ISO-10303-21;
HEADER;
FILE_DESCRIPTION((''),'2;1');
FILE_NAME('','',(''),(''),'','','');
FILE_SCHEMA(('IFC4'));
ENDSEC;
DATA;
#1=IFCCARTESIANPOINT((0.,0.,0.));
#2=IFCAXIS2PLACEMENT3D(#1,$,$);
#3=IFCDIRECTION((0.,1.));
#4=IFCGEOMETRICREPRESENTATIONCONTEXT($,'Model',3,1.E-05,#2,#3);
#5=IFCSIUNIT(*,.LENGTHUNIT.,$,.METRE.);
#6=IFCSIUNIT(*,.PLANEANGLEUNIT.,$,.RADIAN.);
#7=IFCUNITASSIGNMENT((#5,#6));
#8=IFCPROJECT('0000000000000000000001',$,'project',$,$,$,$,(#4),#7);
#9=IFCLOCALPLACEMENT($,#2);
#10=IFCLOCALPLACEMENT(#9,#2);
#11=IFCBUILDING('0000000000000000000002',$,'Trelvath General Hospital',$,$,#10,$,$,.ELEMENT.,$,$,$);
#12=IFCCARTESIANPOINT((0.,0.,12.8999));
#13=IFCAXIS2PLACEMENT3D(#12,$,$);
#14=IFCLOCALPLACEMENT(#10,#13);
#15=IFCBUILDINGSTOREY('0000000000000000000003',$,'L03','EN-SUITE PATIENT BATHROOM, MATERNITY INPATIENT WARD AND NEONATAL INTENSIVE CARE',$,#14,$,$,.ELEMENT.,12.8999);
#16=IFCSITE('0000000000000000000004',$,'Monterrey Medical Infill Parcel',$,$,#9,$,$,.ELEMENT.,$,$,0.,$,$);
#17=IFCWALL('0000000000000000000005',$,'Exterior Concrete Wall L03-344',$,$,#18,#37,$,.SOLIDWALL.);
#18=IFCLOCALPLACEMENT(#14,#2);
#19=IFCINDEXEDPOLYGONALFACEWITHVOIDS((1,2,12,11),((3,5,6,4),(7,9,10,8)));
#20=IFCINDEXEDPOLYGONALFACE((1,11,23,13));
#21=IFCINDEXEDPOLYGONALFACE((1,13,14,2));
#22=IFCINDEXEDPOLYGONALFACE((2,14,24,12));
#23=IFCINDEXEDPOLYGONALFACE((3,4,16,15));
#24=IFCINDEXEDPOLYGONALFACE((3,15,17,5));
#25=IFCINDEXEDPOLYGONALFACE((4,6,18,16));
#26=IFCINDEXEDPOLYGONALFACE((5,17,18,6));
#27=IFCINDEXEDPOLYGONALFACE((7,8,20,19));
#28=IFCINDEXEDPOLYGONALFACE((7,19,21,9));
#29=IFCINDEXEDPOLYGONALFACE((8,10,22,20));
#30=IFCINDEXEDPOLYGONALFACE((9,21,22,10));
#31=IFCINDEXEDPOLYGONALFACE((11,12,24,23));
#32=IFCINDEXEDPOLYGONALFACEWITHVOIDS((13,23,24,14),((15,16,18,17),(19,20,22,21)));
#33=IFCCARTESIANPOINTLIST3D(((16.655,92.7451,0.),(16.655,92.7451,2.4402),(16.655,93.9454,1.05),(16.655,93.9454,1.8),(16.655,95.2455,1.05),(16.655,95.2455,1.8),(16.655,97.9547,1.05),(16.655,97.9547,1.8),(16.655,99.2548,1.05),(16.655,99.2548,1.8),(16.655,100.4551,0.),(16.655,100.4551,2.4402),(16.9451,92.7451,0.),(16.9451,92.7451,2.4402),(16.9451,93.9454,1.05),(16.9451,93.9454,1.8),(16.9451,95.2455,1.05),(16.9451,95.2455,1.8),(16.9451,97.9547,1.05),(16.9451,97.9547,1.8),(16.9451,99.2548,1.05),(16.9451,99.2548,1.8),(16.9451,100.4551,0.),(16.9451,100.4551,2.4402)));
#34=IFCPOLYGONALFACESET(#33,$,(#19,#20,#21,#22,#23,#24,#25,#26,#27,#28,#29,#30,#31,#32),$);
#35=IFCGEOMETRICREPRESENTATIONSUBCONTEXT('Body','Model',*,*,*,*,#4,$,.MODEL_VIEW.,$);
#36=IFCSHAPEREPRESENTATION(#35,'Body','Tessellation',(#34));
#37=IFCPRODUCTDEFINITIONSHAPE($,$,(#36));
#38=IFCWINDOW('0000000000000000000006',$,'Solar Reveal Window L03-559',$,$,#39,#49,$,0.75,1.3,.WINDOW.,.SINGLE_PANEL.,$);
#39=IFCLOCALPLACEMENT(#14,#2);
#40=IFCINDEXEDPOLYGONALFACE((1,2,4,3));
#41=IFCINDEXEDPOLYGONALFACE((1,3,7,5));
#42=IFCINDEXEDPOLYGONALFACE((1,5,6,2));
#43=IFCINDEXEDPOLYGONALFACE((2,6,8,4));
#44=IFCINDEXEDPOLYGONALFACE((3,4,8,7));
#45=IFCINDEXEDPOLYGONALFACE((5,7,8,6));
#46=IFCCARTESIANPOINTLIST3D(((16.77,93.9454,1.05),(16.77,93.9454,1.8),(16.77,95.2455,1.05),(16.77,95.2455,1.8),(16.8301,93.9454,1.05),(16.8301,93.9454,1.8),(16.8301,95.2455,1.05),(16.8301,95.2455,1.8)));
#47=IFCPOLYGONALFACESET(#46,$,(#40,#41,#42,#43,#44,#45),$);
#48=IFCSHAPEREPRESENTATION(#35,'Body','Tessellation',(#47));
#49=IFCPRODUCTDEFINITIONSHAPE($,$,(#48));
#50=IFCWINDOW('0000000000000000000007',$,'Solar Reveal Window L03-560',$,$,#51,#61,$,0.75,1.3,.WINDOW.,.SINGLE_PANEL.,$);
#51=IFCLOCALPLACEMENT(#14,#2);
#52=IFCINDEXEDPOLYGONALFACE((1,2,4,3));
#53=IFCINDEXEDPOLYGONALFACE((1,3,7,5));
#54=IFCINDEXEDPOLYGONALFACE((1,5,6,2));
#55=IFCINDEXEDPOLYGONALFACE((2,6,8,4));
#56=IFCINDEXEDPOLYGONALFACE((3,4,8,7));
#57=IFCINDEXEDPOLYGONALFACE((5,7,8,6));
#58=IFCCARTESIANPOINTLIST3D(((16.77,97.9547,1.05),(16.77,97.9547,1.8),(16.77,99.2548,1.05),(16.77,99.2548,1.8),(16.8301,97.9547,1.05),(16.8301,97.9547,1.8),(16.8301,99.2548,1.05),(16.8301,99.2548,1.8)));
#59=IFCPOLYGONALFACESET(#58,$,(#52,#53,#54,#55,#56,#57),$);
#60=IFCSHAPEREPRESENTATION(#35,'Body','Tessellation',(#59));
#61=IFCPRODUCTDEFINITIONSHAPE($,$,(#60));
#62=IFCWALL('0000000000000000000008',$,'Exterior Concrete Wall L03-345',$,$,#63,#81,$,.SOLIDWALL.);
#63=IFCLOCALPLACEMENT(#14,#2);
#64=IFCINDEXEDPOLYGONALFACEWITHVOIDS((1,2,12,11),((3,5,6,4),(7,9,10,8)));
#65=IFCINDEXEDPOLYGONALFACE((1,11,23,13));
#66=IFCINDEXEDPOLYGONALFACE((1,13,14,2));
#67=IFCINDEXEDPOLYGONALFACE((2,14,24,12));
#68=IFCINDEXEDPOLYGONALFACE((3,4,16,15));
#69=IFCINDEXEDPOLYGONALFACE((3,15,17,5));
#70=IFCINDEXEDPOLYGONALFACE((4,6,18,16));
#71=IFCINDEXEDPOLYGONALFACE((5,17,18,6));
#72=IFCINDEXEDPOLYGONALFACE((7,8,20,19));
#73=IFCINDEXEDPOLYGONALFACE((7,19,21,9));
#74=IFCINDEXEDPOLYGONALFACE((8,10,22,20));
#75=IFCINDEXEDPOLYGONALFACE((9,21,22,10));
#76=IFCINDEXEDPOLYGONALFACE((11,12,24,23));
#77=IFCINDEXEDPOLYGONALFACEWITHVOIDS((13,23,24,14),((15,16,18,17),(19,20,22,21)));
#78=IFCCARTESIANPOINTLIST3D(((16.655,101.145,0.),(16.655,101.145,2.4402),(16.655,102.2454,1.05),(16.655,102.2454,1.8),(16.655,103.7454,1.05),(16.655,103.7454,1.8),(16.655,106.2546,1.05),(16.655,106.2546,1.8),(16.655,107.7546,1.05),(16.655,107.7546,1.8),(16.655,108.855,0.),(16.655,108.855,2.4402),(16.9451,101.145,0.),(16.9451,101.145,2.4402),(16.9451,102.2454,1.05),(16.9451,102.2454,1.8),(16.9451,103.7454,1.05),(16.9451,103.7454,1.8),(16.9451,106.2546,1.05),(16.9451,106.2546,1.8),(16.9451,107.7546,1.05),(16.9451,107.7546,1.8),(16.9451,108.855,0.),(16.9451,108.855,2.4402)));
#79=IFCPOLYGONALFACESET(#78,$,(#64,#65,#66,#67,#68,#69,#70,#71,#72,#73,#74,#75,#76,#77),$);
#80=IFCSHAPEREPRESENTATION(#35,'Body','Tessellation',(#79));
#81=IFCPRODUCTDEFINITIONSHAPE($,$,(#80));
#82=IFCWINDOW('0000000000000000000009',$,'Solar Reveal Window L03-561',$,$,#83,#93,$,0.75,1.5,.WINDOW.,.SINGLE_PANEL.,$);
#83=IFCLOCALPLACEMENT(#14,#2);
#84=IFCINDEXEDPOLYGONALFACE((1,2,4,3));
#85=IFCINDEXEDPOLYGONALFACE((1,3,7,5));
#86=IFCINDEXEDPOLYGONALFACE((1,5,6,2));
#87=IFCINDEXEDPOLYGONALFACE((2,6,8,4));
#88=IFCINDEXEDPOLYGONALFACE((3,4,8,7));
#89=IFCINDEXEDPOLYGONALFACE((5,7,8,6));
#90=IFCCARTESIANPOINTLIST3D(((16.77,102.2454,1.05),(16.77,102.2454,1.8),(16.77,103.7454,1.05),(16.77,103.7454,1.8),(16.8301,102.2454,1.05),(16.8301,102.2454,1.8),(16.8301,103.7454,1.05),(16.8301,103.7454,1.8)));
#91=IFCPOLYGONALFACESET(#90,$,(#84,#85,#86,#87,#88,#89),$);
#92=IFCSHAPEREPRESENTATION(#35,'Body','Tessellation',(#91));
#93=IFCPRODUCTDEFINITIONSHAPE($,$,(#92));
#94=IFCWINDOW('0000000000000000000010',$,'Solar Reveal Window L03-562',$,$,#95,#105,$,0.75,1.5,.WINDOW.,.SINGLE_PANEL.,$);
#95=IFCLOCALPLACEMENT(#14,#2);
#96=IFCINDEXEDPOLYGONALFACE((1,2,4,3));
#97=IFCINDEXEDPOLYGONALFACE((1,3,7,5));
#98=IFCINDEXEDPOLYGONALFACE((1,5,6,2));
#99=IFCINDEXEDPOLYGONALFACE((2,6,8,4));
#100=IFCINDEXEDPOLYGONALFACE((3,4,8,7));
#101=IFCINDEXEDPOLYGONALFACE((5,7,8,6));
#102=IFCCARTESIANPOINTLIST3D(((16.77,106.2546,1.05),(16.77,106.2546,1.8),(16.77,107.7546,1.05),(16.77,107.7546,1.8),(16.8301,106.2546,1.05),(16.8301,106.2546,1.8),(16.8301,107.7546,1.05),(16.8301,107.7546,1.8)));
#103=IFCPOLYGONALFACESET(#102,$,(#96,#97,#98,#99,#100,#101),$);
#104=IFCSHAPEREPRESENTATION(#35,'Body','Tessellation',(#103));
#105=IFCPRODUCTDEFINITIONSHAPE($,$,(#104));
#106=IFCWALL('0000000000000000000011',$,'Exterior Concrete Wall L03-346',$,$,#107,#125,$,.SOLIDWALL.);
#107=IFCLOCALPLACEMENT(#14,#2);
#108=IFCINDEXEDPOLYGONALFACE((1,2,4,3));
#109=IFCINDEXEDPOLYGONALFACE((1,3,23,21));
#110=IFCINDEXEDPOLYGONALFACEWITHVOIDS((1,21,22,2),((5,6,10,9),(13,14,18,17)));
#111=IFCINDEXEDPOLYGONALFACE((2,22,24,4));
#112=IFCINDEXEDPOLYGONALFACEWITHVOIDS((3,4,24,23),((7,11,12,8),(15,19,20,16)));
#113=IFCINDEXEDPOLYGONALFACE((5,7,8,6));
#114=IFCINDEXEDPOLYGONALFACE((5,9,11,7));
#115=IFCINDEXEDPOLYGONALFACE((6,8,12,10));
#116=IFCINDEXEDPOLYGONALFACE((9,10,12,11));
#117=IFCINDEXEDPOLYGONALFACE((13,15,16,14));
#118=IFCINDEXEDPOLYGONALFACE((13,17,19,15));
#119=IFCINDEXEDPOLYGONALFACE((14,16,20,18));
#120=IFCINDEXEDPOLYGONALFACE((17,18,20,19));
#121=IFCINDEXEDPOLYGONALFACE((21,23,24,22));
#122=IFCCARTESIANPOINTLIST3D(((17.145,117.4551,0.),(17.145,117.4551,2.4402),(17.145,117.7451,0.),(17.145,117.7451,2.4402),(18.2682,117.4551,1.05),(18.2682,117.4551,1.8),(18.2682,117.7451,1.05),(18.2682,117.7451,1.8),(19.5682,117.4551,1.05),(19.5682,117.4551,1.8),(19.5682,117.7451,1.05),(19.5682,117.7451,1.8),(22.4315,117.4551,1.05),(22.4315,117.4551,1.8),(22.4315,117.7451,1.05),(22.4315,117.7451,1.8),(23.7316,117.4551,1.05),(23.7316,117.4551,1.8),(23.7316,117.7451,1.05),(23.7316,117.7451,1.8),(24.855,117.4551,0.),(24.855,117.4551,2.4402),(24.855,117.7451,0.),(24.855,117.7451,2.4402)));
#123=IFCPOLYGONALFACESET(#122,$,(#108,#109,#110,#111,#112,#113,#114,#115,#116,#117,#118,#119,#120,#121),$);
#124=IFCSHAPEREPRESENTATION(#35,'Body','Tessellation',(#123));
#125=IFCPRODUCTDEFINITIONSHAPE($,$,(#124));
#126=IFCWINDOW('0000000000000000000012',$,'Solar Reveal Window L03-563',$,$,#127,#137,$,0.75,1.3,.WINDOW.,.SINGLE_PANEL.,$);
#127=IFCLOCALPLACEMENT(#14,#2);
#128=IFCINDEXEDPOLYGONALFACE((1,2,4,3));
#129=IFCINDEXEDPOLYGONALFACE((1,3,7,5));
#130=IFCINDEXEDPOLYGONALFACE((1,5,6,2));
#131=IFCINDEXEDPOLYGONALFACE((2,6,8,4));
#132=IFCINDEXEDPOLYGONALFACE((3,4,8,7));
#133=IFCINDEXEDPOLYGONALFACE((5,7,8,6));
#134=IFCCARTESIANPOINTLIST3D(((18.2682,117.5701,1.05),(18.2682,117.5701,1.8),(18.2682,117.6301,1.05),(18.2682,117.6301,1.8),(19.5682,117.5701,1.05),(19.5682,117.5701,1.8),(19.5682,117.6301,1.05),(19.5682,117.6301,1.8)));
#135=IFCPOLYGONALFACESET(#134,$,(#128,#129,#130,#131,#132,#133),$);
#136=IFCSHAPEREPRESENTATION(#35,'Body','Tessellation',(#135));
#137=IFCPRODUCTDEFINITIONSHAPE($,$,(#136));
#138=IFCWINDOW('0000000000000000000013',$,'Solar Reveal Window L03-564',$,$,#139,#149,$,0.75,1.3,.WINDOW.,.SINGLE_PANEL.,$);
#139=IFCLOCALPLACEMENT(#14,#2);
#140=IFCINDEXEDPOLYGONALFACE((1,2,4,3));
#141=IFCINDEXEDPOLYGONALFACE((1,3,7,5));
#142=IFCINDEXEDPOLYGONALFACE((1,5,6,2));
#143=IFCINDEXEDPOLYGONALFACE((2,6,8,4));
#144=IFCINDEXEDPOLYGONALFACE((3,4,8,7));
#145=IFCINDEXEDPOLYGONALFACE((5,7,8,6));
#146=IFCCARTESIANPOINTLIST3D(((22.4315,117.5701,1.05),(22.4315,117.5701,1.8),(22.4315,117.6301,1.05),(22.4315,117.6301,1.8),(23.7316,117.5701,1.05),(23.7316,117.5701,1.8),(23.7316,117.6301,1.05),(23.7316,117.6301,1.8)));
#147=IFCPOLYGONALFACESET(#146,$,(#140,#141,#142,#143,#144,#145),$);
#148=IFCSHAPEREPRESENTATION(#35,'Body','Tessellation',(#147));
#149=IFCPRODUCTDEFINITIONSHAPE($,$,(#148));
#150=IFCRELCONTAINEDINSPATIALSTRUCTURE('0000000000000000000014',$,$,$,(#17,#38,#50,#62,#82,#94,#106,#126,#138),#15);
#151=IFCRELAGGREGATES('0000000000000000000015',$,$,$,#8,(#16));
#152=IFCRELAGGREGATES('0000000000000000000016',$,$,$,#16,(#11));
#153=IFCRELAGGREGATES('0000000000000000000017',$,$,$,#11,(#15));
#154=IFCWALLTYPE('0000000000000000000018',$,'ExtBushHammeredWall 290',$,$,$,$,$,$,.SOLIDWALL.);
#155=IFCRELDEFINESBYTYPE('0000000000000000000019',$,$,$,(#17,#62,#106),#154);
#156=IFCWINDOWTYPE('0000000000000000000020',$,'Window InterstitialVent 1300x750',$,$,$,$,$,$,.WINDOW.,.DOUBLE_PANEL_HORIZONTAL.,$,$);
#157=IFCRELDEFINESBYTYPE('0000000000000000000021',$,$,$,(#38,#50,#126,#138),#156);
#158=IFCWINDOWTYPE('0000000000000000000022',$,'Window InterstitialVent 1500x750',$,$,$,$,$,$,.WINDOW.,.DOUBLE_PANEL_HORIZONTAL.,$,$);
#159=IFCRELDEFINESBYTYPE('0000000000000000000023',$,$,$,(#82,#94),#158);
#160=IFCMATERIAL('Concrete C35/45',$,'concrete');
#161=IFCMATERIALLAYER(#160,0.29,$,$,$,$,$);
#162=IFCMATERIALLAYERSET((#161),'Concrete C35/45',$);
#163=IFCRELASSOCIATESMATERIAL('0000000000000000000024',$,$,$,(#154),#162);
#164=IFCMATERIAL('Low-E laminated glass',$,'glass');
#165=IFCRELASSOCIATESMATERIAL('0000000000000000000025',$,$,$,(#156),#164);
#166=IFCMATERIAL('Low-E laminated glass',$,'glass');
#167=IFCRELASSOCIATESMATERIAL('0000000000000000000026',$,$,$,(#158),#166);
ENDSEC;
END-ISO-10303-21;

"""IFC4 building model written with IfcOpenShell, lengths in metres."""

from ifc_helpers import new_model, si_unit, direction, frame, frame_2d, origin, place, context, subcontext, project, spatial, rectangle, extrude, material, layer, layer_set, type_object, element, fill, save


model = new_model("IFC4")

# Units and contexts
model_context = context("Model", 3, precision=1e-05, world=origin(), true_north=direction((0.0, 1.0)))
body_context = subcontext(model_context, "Body", "Model", "MODEL_VIEW")
ifc_project = project(units=[si_unit("LENGTHUNIT", "METRE"), si_unit("PLANEANGLEUNIT", "RADIAN")], contexts=[model_context])

# Site, building, storey
site_placement = place(None, origin())
site = spatial("IfcSite", under=ifc_project, at=site_placement, Name="Monterrey Medical Infill Parcel", CompositionType="ELEMENT", RefElevation=0.0)
building_placement = place(site_placement, origin())
building = spatial("IfcBuilding", under=site, at=building_placement, Name="Trelvath General Hospital", CompositionType="ELEMENT")
storey_placement = place(building_placement, frame((0.0, 0.0, 12.8999)))
storey = spatial("IfcBuildingStorey", under=building, at=storey_placement, Name="L03", Description="EN-SUITE PATIENT BATHROOM, MATERNITY INPATIENT WARD AND NEONATAL INTENSIVE CARE", CompositionType="ELEMENT", Elevation=12.8999)

# Walls, openings, windows
ifc_material_1 = material(Name="Concrete C35/45", Category="concrete")
ifc_layer_1 = layer(ifc_material_1, 0.29)
ifc_layer_set_1 = layer_set([ifc_layer_1], Name="Concrete C35/45")
wall_type_1 = type_object("IfcWallType", Name="ExtBushHammeredWall 290", PredefinedType="SOLIDWALL", material=ifc_layer_set_1)
wall_1_placement = place(storey_placement, frame((16.8, 92.7451, 0.0), z_axis=(0.0, 0.0, 1.0), x_axis=(0.0, 1.0, 0.0)))
wall_1 = element("IfcWall", 1, at=wall_1_placement, inside=storey, type_object=wall_type_1, Name="Exterior Concrete Wall L03-344", PredefinedType="SOLIDWALL", context=body_context, shape_type="SweptSolid", body=[
    extrude(rectangle(XDim=7.71, YDim=0.29, at=frame_2d((3.855, 0.0))), origin(), (0.0, 0.0, 1.0), 2.4402),
])
opening_1_placement = place(wall_1_placement, frame((1.2004, 0.0, 1.05)))
opening_1 = element("IfcOpeningElement", 2, at=opening_1_placement, cuts=wall_1, PredefinedType="OPENING", context=body_context, shape_type="SweptSolid", body=[
    extrude(rectangle(XDim=1.3, YDim=0.75, at=frame_2d((0.6499, 0.375))), frame((0.0, 0.155, 0.0), z_axis=(0.0, -1.0, 0.0), x_axis=(1.0, 0.0, 0.0)), (0.0, 0.0, 1.0), 0.3101),
])
opening_2_placement = place(wall_1_placement, frame((5.2097, 0.0, 1.05)))
opening_2 = element("IfcOpeningElement", 3, at=opening_2_placement, cuts=wall_1, PredefinedType="OPENING", context=body_context, shape_type="SweptSolid", body=[
    extrude(rectangle(XDim=1.3, YDim=0.75, at=frame_2d((0.6499, 0.375))), frame((0.0, 0.155, 0.0), z_axis=(0.0, -1.0, 0.0), x_axis=(1.0, 0.0, 0.0)), (0.0, 0.0, 1.0), 0.3101),
])
ifc_material_2 = material(Name="Low-E laminated glass", Category="glass")
window_type_1 = type_object("IfcWindowType", Name="Window InterstitialVent 1300x750", PartitioningType="DOUBLE_PANEL_HORIZONTAL", PredefinedType="WINDOW", material=ifc_material_2)
window_1_placement = place(opening_1_placement, origin())
window_1 = element("IfcWindow", 4, at=window_1_placement, inside=storey, type_object=window_type_1, Name="Solar Reveal Window L03-559", OverallHeight=0.75, OverallWidth=1.3, PartitioningType="SINGLE_PANEL", PredefinedType="WINDOW", context=body_context, shape_type="SweptSolid", body=[
    extrude(rectangle(XDim=1.3, YDim=0.75, at=frame_2d((0.6499, 0.375))), frame((0.0, 0.03, 0.0), z_axis=(0.0, -1.0, 0.0), x_axis=(1.0, 0.0, 0.0)), (0.0, 0.0, 1.0), 0.0601),
])
fill(opening_1, window_1)
window_2_placement = place(opening_2_placement, origin())
window_2 = element("IfcWindow", 5, at=window_2_placement, inside=storey, type_object=window_type_1, Name="Solar Reveal Window L03-560", OverallHeight=0.75, OverallWidth=1.3, PartitioningType="SINGLE_PANEL", PredefinedType="WINDOW", context=body_context, shape_type="SweptSolid", body=[
    extrude(rectangle(XDim=1.3, YDim=0.75, at=frame_2d((0.6499, 0.375))), frame((0.0, 0.03, 0.0), z_axis=(0.0, -1.0, 0.0), x_axis=(1.0, 0.0, 0.0)), (0.0, 0.0, 1.0), 0.0601),
])
fill(opening_2, window_2)
wall_2_placement = place(storey_placement, frame((16.8, 101.145, 0.0), z_axis=(0.0, 0.0, 1.0), x_axis=(0.0, 1.0, 0.0)))
wall_2 = element("IfcWall", 6, at=wall_2_placement, inside=storey, type_object=wall_type_1, Name="Exterior Concrete Wall L03-345", PredefinedType="SOLIDWALL", context=body_context, shape_type="SweptSolid", body=[
    extrude(rectangle(XDim=7.71, YDim=0.29, at=frame_2d((3.855, 0.0))), origin(), (0.0, 0.0, 1.0), 2.4402),
])
opening_3_placement = place(wall_2_placement, frame((1.1003, 0.0, 1.05)))
opening_3 = element("IfcOpeningElement", 7, at=opening_3_placement, cuts=wall_2, PredefinedType="OPENING", context=body_context, shape_type="SweptSolid", body=[
    extrude(rectangle(XDim=1.5, YDim=0.75, at=frame_2d((0.75, 0.375))), frame((0.0, 0.155, 0.0), z_axis=(0.0, -1.0, 0.0), x_axis=(1.0, 0.0, 0.0)), (0.0, 0.0, 1.0), 0.3101),
])
opening_4_placement = place(wall_2_placement, frame((5.1096, 0.0, 1.05)))
opening_4 = element("IfcOpeningElement", 8, at=opening_4_placement, cuts=wall_2, PredefinedType="OPENING", context=body_context, shape_type="SweptSolid", body=[
    extrude(rectangle(XDim=1.5, YDim=0.75, at=frame_2d((0.75, 0.375))), frame((0.0, 0.155, 0.0), z_axis=(0.0, -1.0, 0.0), x_axis=(1.0, 0.0, 0.0)), (0.0, 0.0, 1.0), 0.3101),
])
ifc_material_3 = material(Name="Low-E laminated glass", Category="glass")
window_type_2 = type_object("IfcWindowType", Name="Window InterstitialVent 1500x750", PartitioningType="DOUBLE_PANEL_HORIZONTAL", PredefinedType="WINDOW", material=ifc_material_3)
window_3_placement = place(opening_3_placement, origin())
window_3 = element("IfcWindow", 9, at=window_3_placement, inside=storey, type_object=window_type_2, Name="Solar Reveal Window L03-561", OverallHeight=0.75, OverallWidth=1.5, PartitioningType="SINGLE_PANEL", PredefinedType="WINDOW", context=body_context, shape_type="SweptSolid", body=[
    extrude(rectangle(XDim=1.5, YDim=0.75, at=frame_2d((0.75, 0.375))), frame((0.0, 0.03, 0.0), z_axis=(0.0, -1.0, 0.0), x_axis=(1.0, 0.0, 0.0)), (0.0, 0.0, 1.0), 0.0601),
])
fill(opening_3, window_3)
window_4_placement = place(opening_4_placement, origin())
window_4 = element("IfcWindow", 10, at=window_4_placement, inside=storey, type_object=window_type_2, Name="Solar Reveal Window L03-562", OverallHeight=0.75, OverallWidth=1.5, PartitioningType="SINGLE_PANEL", PredefinedType="WINDOW", context=body_context, shape_type="SweptSolid", body=[
    extrude(rectangle(XDim=1.5, YDim=0.75, at=frame_2d((0.75, 0.375))), frame((0.0, 0.03, 0.0), z_axis=(0.0, -1.0, 0.0), x_axis=(1.0, 0.0, 0.0)), (0.0, 0.0, 1.0), 0.0601),
])
fill(opening_4, window_4)
wall_3_placement = place(storey_placement, frame((17.145, 117.6001, 0.0), z_axis=(0.0, 0.0, 1.0), x_axis=(1.0, 0.0, 0.0)))
wall_3 = element("IfcWall", 11, at=wall_3_placement, inside=storey, type_object=wall_type_1, Name="Exterior Concrete Wall L03-346", PredefinedType="SOLIDWALL", context=body_context, shape_type="SweptSolid", body=[
    extrude(rectangle(XDim=7.71, YDim=0.29, at=frame_2d((3.855, 0.0))), origin(), (0.0, 0.0, 1.0), 2.4402),
])
opening_5_placement = place(wall_3_placement, frame((1.1233, 0.0, 1.05)))
opening_5 = element("IfcOpeningElement", 12, at=opening_5_placement, cuts=wall_3, PredefinedType="OPENING", context=body_context, shape_type="SweptSolid", body=[
    extrude(rectangle(XDim=1.3, YDim=0.75, at=frame_2d((0.6499, 0.375))), frame((0.0, 0.155, 0.0), z_axis=(0.0, -1.0, 0.0), x_axis=(1.0, 0.0, 0.0)), (0.0, 0.0, 1.0), 0.3101),
])
opening_6_placement = place(wall_3_placement, frame((5.2866, 0.0, 1.05)))
opening_6 = element("IfcOpeningElement", 13, at=opening_6_placement, cuts=wall_3, PredefinedType="OPENING", context=body_context, shape_type="SweptSolid", body=[
    extrude(rectangle(XDim=1.3, YDim=0.75, at=frame_2d((0.6499, 0.375))), frame((0.0, 0.155, 0.0), z_axis=(0.0, -1.0, 0.0), x_axis=(1.0, 0.0, 0.0)), (0.0, 0.0, 1.0), 0.3101),
])
window_5_placement = place(opening_5_placement, origin())
window_5 = element("IfcWindow", 14, at=window_5_placement, inside=storey, type_object=window_type_1, Name="Solar Reveal Window L03-563", OverallHeight=0.75, OverallWidth=1.3, PartitioningType="SINGLE_PANEL", PredefinedType="WINDOW", context=body_context, shape_type="SweptSolid", body=[
    extrude(rectangle(XDim=1.3, YDim=0.75, at=frame_2d((0.6499, 0.375))), frame((0.0, 0.03, 0.0), z_axis=(0.0, -1.0, 0.0), x_axis=(1.0, 0.0, 0.0)), (0.0, 0.0, 1.0), 0.0601),
])
fill(opening_5, window_5)
window_6_placement = place(opening_6_placement, origin())
window_6 = element("IfcWindow", 15, at=window_6_placement, inside=storey, type_object=window_type_1, Name="Solar Reveal Window L03-564", OverallHeight=0.75, OverallWidth=1.3, PartitioningType="SINGLE_PANEL", PredefinedType="WINDOW", context=body_context, shape_type="SweptSolid", body=[
    extrude(rectangle(XDim=1.3, YDim=0.75, at=frame_2d((0.6499, 0.375))), frame((0.0, 0.03, 0.0), z_axis=(0.0, -1.0, 0.0), x_axis=(1.0, 0.0, 0.0)), (0.0, 0.0, 1.0), 0.0601),
])
fill(opening_6, window_6)

save(model, "model.ifc")
